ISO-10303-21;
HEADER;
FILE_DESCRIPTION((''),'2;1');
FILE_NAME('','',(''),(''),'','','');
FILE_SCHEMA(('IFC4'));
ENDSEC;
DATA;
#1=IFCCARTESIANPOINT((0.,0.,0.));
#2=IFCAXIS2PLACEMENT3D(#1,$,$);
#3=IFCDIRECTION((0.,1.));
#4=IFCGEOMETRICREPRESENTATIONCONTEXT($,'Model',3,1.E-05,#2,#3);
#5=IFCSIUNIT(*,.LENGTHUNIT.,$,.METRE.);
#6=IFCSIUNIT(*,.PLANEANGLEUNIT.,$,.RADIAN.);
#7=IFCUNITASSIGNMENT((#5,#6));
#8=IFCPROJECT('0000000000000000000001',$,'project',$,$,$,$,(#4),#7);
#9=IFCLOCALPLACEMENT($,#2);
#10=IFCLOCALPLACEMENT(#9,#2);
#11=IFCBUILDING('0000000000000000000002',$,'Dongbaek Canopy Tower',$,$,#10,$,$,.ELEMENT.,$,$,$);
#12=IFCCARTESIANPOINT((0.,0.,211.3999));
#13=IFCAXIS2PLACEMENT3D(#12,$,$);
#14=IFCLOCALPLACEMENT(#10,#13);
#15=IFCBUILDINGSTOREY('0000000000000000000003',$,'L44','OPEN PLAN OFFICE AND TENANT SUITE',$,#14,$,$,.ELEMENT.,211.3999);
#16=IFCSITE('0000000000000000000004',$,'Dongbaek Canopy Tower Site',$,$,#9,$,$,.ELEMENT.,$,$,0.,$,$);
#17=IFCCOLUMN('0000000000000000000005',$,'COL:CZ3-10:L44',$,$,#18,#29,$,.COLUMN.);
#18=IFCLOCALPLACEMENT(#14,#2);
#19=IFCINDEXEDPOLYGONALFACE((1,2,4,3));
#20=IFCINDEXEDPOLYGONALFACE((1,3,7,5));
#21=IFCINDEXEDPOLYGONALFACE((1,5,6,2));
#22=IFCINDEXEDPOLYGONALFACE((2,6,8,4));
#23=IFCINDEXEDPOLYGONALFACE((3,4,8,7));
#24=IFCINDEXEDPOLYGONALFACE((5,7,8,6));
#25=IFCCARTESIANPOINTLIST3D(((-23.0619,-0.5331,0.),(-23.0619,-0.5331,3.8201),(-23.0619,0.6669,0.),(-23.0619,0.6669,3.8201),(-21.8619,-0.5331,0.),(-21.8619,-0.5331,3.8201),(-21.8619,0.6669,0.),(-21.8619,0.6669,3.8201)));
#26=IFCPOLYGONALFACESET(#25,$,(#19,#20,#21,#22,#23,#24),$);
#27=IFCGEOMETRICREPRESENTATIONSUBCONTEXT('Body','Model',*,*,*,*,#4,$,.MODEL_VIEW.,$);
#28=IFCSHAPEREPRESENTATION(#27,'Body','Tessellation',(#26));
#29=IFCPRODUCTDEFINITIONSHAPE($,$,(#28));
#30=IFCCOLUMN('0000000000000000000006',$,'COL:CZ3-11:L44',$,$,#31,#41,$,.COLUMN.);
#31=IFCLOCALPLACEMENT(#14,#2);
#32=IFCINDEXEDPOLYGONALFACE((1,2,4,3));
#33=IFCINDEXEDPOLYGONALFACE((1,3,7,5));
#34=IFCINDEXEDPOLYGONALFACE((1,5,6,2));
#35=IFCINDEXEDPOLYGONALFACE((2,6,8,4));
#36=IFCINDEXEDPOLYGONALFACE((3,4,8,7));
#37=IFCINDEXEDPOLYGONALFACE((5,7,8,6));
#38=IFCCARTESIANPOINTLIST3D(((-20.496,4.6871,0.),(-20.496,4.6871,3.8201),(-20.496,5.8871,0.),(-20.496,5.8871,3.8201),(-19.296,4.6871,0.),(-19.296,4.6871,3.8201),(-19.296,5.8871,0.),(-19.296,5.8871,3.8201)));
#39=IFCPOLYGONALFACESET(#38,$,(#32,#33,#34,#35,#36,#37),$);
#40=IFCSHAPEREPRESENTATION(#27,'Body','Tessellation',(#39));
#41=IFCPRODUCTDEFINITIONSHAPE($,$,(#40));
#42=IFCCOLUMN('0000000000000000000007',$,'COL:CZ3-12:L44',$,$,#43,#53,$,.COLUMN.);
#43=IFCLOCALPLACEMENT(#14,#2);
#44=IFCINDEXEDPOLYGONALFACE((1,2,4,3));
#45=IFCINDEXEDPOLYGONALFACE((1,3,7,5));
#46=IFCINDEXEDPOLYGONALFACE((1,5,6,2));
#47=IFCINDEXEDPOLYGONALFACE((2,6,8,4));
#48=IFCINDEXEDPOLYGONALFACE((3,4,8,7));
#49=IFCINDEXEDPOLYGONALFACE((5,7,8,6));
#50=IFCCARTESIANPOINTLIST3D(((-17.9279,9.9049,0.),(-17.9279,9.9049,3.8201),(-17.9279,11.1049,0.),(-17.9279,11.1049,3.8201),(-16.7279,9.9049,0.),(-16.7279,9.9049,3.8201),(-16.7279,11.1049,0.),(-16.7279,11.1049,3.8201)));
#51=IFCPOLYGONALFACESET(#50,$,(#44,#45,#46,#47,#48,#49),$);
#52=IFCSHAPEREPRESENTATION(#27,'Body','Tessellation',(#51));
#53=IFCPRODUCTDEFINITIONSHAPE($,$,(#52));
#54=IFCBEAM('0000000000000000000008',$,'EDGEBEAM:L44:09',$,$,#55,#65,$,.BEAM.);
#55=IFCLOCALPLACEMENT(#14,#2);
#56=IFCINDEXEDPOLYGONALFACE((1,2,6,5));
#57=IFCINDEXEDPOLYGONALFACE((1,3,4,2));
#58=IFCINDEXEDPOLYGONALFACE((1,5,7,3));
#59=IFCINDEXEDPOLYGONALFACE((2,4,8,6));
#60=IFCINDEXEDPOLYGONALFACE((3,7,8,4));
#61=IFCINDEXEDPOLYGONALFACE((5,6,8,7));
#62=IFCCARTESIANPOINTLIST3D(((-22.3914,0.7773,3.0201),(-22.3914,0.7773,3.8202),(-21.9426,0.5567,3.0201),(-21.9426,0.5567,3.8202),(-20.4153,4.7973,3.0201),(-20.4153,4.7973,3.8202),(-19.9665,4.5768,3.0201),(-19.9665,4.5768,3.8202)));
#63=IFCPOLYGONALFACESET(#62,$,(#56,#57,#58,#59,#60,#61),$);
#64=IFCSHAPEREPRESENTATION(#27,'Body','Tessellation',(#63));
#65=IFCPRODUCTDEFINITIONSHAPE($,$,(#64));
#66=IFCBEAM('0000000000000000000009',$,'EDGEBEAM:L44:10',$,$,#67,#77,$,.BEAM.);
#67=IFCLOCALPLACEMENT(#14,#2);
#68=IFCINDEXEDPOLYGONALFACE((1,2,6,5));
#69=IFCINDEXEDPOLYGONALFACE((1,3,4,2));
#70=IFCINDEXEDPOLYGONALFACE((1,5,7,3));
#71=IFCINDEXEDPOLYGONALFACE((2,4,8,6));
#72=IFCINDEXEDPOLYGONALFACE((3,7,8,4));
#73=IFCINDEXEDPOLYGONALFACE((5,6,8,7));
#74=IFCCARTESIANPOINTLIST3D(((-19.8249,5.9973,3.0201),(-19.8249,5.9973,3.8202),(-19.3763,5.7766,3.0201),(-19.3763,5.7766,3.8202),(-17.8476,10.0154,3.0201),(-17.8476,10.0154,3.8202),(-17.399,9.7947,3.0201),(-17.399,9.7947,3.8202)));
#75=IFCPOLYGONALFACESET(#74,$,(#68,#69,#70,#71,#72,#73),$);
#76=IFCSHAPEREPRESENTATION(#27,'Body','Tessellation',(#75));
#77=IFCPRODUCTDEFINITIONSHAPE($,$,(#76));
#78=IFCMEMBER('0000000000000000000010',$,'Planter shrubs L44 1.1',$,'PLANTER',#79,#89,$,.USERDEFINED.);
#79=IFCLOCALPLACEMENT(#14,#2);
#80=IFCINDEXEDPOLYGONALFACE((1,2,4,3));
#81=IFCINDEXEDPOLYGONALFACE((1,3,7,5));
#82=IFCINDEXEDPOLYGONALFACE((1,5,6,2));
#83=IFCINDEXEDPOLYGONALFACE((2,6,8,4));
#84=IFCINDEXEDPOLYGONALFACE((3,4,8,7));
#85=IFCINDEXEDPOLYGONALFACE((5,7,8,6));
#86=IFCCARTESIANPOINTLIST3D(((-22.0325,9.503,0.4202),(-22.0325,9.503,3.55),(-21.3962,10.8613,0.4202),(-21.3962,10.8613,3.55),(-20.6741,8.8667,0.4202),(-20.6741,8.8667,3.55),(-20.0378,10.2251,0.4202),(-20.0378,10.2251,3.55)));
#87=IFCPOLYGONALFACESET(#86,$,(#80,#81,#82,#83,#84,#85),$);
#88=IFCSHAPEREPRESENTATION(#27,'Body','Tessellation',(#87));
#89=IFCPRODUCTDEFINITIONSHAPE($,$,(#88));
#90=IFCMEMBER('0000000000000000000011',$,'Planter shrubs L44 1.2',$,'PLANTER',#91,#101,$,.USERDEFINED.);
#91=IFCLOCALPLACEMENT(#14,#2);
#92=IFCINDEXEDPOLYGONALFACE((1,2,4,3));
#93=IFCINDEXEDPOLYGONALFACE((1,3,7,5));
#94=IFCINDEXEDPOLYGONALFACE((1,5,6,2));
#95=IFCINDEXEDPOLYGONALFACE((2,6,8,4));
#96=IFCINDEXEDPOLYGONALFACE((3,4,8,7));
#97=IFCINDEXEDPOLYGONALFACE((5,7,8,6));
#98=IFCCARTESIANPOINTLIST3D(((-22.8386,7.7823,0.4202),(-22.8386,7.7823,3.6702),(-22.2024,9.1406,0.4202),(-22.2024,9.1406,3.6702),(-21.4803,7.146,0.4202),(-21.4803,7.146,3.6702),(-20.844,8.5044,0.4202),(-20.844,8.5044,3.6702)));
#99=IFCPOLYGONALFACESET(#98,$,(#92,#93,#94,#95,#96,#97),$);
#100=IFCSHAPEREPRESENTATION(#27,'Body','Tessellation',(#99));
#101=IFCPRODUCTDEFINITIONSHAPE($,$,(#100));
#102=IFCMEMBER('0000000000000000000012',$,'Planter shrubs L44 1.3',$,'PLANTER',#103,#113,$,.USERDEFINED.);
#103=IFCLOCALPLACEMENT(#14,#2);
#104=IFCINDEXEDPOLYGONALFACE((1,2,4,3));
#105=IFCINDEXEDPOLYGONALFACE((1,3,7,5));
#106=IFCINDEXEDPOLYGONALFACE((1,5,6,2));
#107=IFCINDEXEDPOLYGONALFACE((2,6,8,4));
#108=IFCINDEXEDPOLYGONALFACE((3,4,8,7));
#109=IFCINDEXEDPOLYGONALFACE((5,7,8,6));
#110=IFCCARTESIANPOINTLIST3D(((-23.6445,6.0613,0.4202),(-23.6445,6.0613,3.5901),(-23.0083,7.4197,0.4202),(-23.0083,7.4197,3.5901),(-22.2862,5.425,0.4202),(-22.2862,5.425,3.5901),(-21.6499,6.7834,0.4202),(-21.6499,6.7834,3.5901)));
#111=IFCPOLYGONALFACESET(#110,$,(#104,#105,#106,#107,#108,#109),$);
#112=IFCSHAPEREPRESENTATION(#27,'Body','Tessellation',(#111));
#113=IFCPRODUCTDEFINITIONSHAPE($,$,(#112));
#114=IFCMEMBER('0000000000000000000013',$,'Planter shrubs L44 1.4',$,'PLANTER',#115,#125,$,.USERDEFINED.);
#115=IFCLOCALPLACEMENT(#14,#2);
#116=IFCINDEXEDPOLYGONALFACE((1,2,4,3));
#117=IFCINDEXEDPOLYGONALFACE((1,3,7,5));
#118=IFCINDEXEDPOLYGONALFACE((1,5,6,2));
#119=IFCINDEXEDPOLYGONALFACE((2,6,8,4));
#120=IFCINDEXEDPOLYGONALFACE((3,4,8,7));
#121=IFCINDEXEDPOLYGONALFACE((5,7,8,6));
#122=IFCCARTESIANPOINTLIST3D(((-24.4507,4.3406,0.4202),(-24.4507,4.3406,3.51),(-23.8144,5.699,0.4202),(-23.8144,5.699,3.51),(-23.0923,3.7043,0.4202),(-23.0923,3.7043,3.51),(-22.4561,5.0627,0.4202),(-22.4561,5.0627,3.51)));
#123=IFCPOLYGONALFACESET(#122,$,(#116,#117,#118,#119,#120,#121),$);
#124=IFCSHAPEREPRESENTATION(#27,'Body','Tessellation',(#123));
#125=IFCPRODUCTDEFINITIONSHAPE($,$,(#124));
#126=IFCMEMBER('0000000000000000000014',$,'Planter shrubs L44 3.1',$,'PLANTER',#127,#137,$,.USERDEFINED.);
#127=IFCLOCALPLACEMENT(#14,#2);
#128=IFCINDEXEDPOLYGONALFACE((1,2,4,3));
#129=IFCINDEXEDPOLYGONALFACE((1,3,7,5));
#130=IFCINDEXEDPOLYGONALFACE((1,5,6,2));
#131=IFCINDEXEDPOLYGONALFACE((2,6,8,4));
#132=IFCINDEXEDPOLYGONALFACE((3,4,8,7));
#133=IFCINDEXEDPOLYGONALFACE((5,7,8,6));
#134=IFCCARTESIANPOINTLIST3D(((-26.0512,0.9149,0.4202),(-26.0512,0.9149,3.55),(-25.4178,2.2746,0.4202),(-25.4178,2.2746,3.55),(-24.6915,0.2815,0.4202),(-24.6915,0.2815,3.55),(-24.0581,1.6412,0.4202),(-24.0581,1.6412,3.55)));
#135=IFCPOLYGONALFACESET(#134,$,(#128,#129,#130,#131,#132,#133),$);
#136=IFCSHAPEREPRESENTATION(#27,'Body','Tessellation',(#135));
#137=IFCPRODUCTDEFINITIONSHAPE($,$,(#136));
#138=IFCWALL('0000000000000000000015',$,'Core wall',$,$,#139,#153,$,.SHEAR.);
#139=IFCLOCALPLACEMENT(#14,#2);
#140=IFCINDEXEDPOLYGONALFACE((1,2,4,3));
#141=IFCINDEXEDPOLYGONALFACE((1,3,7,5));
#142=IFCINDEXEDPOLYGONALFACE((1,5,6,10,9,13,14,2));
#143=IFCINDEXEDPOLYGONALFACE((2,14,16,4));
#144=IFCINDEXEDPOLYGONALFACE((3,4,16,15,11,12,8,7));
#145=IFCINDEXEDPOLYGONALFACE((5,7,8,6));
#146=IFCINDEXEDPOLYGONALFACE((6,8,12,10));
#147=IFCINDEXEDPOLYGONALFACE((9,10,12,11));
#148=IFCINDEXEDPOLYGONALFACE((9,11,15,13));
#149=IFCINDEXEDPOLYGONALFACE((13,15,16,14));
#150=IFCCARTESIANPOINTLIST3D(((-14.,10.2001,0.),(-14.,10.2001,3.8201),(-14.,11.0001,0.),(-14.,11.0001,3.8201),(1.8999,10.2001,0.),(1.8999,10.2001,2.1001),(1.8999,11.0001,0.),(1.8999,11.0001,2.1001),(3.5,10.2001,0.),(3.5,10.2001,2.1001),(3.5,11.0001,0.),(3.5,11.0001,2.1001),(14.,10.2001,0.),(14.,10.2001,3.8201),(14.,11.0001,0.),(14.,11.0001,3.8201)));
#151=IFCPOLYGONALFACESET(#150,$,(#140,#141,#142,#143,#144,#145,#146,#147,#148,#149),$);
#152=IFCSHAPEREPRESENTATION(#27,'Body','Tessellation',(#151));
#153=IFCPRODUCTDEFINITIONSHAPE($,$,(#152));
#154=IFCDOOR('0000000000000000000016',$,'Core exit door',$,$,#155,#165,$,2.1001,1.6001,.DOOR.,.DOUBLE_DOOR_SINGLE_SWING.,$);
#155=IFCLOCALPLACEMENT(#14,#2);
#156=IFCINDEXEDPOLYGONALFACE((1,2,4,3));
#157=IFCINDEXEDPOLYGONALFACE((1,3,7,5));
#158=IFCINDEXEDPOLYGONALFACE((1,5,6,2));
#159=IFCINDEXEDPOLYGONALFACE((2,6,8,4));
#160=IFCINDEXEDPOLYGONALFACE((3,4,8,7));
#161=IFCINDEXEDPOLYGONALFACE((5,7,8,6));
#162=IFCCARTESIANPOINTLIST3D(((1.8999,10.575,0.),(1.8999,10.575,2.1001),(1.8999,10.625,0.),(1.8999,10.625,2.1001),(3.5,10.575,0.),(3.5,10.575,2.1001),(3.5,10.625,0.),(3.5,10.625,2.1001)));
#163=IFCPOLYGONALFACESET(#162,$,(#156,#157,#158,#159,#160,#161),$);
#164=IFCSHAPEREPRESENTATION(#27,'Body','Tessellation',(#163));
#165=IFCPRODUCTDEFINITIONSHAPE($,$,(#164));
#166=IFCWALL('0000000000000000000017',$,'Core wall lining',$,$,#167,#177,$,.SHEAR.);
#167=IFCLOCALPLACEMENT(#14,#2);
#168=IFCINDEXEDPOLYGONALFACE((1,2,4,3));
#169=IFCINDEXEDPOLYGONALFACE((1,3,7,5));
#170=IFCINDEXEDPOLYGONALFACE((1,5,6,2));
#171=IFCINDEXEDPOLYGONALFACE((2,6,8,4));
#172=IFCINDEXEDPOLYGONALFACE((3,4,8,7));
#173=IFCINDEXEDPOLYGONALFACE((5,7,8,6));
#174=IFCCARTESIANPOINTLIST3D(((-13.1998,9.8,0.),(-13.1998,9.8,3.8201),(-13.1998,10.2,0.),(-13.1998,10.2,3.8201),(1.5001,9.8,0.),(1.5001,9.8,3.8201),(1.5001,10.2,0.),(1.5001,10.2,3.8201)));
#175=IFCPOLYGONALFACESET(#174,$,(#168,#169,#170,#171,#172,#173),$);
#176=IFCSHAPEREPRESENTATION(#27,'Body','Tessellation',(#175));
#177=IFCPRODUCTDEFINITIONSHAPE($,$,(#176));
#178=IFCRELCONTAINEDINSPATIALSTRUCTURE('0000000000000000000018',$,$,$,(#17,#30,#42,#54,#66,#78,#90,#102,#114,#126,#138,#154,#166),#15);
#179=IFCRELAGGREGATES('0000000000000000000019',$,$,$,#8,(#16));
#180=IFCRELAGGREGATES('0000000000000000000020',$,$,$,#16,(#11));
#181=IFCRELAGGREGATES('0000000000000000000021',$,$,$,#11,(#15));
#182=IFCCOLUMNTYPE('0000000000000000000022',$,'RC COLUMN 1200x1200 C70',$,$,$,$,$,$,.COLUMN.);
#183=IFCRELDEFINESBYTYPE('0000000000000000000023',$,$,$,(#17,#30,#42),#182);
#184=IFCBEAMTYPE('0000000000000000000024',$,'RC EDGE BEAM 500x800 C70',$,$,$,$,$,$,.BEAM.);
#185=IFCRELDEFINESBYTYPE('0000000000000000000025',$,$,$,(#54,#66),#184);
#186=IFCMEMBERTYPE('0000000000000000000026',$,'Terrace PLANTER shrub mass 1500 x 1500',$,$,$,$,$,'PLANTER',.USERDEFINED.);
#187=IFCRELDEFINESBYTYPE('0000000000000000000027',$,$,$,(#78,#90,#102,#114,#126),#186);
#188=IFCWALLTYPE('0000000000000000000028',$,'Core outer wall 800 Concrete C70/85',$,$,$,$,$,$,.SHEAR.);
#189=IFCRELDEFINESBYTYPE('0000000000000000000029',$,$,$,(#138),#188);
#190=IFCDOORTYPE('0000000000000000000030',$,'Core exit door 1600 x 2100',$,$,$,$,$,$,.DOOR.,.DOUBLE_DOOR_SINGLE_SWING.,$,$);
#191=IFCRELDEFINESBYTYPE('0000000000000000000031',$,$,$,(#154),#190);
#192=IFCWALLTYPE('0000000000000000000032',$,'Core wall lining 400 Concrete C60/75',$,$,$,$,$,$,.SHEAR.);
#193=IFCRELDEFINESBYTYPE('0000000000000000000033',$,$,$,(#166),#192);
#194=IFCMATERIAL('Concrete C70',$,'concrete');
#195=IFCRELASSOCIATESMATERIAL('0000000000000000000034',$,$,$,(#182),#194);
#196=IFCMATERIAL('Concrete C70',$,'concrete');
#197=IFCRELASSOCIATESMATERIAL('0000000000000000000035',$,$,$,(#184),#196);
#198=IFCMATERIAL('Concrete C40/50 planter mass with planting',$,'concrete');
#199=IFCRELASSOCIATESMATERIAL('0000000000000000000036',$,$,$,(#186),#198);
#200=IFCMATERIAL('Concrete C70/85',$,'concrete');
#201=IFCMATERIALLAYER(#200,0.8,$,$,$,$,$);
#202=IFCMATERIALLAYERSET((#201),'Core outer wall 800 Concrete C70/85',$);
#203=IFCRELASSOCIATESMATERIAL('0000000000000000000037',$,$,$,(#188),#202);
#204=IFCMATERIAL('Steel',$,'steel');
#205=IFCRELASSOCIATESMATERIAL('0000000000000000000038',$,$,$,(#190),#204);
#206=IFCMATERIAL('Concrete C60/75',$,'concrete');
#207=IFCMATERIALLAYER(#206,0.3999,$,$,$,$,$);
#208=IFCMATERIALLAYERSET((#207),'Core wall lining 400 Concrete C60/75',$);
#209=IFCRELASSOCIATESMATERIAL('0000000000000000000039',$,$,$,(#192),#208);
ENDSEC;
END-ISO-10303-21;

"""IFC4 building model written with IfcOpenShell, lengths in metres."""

from ifc_helpers import new_model, si_unit, direction, frame, frame_2d, origin, origin_2d, place, context, subcontext, project, spatial, rectangle, extrude, material, layer, layer_set, material_profile, profile_set, type_object, element, fill, save


model = new_model("IFC4")

# Units and contexts
model_context = context("Model", 3, precision=1e-05, world=origin(), true_north=direction((0.0, 1.0)))
body_context = subcontext(model_context, "Body", "Model", "MODEL_VIEW")
ifc_project = project(units=[si_unit("LENGTHUNIT", "METRE"), si_unit("PLANEANGLEUNIT", "RADIAN")], contexts=[model_context])

# Site, building, storey
site_placement = place(None, origin())
site = spatial("IfcSite", under=ifc_project, at=site_placement, Name="Dongbaek Canopy Tower Site", CompositionType="ELEMENT", RefElevation=0.0)
building_placement = place(site_placement, origin())
building = spatial("IfcBuilding", under=site, at=building_placement, Name="Dongbaek Canopy Tower", CompositionType="ELEMENT")
storey_placement = place(building_placement, frame((0.0, 0.0, 211.3999)))
storey = spatial("IfcBuildingStorey", under=building, at=storey_placement, Name="L44", Description="OPEN PLAN OFFICE AND TENANT SUITE", CompositionType="ELEMENT", Elevation=211.3999)

# Columns
ifc_material_1 = material(Name="Concrete C70", Category="concrete")
ifc_material_profile_1 = material_profile(ifc_material_1, rectangle(XDim=1.2, YDim=1.2, at=origin_2d()), Name="RC COLUMN 1200x1200 C70")
ifc_profile_set_1 = profile_set([ifc_material_profile_1], Name="Concrete C70")
column_type = type_object("IfcColumnType", Name="RC COLUMN 1200x1200 C70", PredefinedType="COLUMN", material=ifc_profile_set_1)
for number, where, z_axis, x_axis, name in (
    (1, (-22.4619, 0.0669, 0.0), (0.0, 0.0, 1.0), (1.0, 0.0, 0.0), "COL:CZ3-10:L44"),
    (2, (-19.896, 5.2871, 0.0), (0.0, 0.0, 1.0), (1.0, 0.0, 0.0), "COL:CZ3-11:L44"),
    (3, (-17.3279, 10.5049, 0.0), (0.0, 0.0, 1.0), (1.0, 0.0, 0.0), "COL:CZ3-12:L44"),
):
    element("IfcColumn", number, at=place(storey_placement, frame(where, z_axis=z_axis, x_axis=x_axis)), inside=storey, type_object=column_type, Name=name, PredefinedType="COLUMN", context=body_context, shape_type="SweptSolid", body=[
        extrude(rectangle(XDim=1.2, YDim=1.2, at=origin_2d()), origin(), (0.0, 0.0, 1.0), 3.8201),
    ])

# Beams
ifc_material_2 = material(Name="Concrete C70", Category="concrete")
ifc_material_profile_2 = material_profile(ifc_material_2, rectangle(XDim=0.5, YDim=0.8, at=origin_2d()), Name="RC EDGE BEAM 500x800 C70")
ifc_profile_set_2 = profile_set([ifc_material_profile_2], Name="Concrete C70")
beam_type = type_object("IfcBeamType", Name="RC EDGE BEAM 500x800 C70", PredefinedType="BEAM", material=ifc_profile_set_2)
beam_1_placement = place(storey_placement, frame((-22.167, 0.667, 3.4202), z_axis=(0.441143, 0.897437, 0.0), x_axis=(-0.897437, 0.441143, 0.0)))
element("IfcBeam", 4, at=beam_1_placement, inside=storey, type_object=beam_type, Name="EDGEBEAM:L44:09", PredefinedType="BEAM", context=body_context, shape_type="SweptSolid", body=[
    extrude(rectangle(XDim=0.5, YDim=0.8, at=origin_2d()), origin(), (0.0, 0.0, 1.0), 4.4795),
])
beam_2_placement = place(storey_placement, frame((-19.6006, 5.887, 3.4202), z_axis=(0.441535, 0.897244, 0.0), x_axis=(-0.897244, 0.441535, 0.0)))
element("IfcBeam", 5, at=beam_2_placement, inside=storey, type_object=beam_type, Name="EDGEBEAM:L44:10", PredefinedType="BEAM", context=body_context, shape_type="SweptSolid", body=[
    extrude(rectangle(XDim=0.5, YDim=0.8, at=origin_2d()), origin(), (0.0, 0.0, 1.0), 4.4783),
])

# Members
ifc_material_3 = material(Name="Concrete C40/50 planter mass with planting", Category="concrete")
ifc_material_profile_3 = material_profile(ifc_material_3, rectangle(XDim=1.5, YDim=1.5, at=origin_2d()), Name="Terrace PLANTER shrub mass 1500 x 1500")
ifc_profile_set_3 = profile_set([ifc_material_profile_3], Name="Concrete C40/50 planter mass with planting")
member_type = type_object("IfcMemberType", Name="Terrace PLANTER shrub mass 1500 x 1500", ElementType="PLANTER", PredefinedType="USERDEFINED", material=ifc_profile_set_3)
member_1_placement = place(storey_placement, frame((-21.0352, 9.864, 0.4202), z_axis=(0.0, 0.0, 1.0), x_axis=(-0.905579, 0.424177, 0.0)))
element("IfcMember", 6, at=member_1_placement, inside=storey, type_object=member_type, Name="Planter shrubs L44 1.1", ObjectType="PLANTER", PredefinedType="USERDEFINED", context=body_context, shape_type="SweptSolid", body=[
    extrude(rectangle(XDim=1.5, YDim=1.5, at=origin_2d()), origin(), (0.0, 0.0, 1.0), 3.1299),
])
member_2_placement = place(storey_placement, frame((-21.8413, 8.1433, 0.4202), z_axis=(0.0, 0.0, 1.0), x_axis=(-0.905579, 0.424177, 0.0)))
element("IfcMember", 7, at=member_2_placement, inside=storey, type_object=member_type, Name="Planter shrubs L44 1.2", ObjectType="PLANTER", PredefinedType="USERDEFINED", context=body_context, shape_type="SweptSolid", body=[
    extrude(rectangle(XDim=1.5, YDim=1.5, at=origin_2d()), origin(), (0.0, 0.0, 1.0), 3.25),
])
member_3_placement = place(storey_placement, frame((-22.6472, 6.4224, 0.4202), z_axis=(0.0, 0.0, 1.0), x_axis=(-0.905579, 0.424177, 0.0)))
element("IfcMember", 8, at=member_3_placement, inside=storey, type_object=member_type, Name="Planter shrubs L44 1.3", ObjectType="PLANTER", PredefinedType="USERDEFINED", context=body_context, shape_type="SweptSolid", body=[
    extrude(rectangle(XDim=1.5, YDim=1.5, at=origin_2d()), origin(), (0.0, 0.0, 1.0), 3.1699),
])
member_4_placement = place(storey_placement, frame((-23.4534, 4.7017, 0.4202), z_axis=(0.0, 0.0, 1.0), x_axis=(-0.905579, 0.424177, 0.0)))
element("IfcMember", 9, at=member_4_placement, inside=storey, type_object=member_type, Name="Planter shrubs L44 1.4", ObjectType="PLANTER", PredefinedType="USERDEFINED", context=body_context, shape_type="SweptSolid", body=[
    extrude(rectangle(XDim=1.5, YDim=1.5, at=origin_2d()), origin(), (0.0, 0.0, 1.0), 3.0898),
])
member_5_placement = place(storey_placement, frame((-25.0547, 1.2781, 0.4202), z_axis=(0.0, 0.0, 1.0), x_axis=(-0.906473, 0.422264, 0.0)))
element("IfcMember", 10, at=member_5_placement, inside=storey, type_object=member_type, Name="Planter shrubs L44 3.1", ObjectType="PLANTER", PredefinedType="USERDEFINED", context=body_context, shape_type="SweptSolid", body=[
    extrude(rectangle(XDim=1.5, YDim=1.5, at=origin_2d()), origin(), (0.0, 0.0, 1.0), 3.1299),
])

# Wall, opening, door
ifc_material_4 = material(Name="Concrete C70/85", Category="concrete")
ifc_layer_1 = layer(ifc_material_4, 0.8)
ifc_layer_set_1 = layer_set([ifc_layer_1], Name="Core outer wall 800 Concrete C70/85")
wall_type_1 = type_object("IfcWallType", Name="Core outer wall 800 Concrete C70/85", PredefinedType="SHEAR", material=ifc_layer_set_1)
wall_1_placement = place(storey_placement, frame((-14.0, 10.6001, 0.0), z_axis=(0.0, 0.0, 1.0), x_axis=(1.0, 0.0, 0.0)))
wall_1 = element("IfcWall", 11, at=wall_1_placement, inside=storey, type_object=wall_type_1, Name="Core wall", PredefinedType="SHEAR", context=body_context, shape_type="SweptSolid", body=[
    extrude(rectangle(XDim=28.0, YDim=0.8, at=frame_2d((14.0, 0.0))), origin(), (0.0, 0.0, 1.0), 3.8201),
])
opening_1_placement = place(wall_1_placement, frame((15.8999, 0.0, 0.0)))
opening_1 = element("IfcOpeningElement", 12, at=opening_1_placement, cuts=wall_1, PredefinedType="OPENING", context=body_context, shape_type="SweptSolid", body=[
    extrude(rectangle(XDim=1.6001, YDim=2.1001, at=frame_2d((0.8, 1.05))), frame((0.0, 0.4099, 0.0), z_axis=(0.0, -1.0, 0.0), x_axis=(1.0, 0.0, 0.0)), (0.0, 0.0, 1.0), 0.8201),
])
ifc_material_5 = material(Name="Steel", Category="steel")
door_type_1 = type_object("IfcDoorType", Name="Core exit door 1600 x 2100", OperationType="DOUBLE_DOOR_SINGLE_SWING", PredefinedType="DOOR", material=ifc_material_5)
door_1_placement = place(opening_1_placement, origin())
door_1 = element("IfcDoor", 13, at=door_1_placement, inside=storey, type_object=door_type_1, Name="Core exit door", OperationType="DOUBLE_DOOR_SINGLE_SWING", OverallHeight=2.1001, OverallWidth=1.6001, PredefinedType="DOOR", context=body_context, shape_type="SweptSolid", body=[
    extrude(rectangle(XDim=1.6001, YDim=2.1001, at=frame_2d((0.8, 1.05))), frame((0.0, 0.0249, 0.0), z_axis=(0.0, -1.0, 0.0), x_axis=(1.0, 0.0, 0.0)), (0.0, 0.0, 1.0), 0.05),
])
fill(opening_1, door_1)

# Wall
ifc_material_6 = material(Name="Concrete C60/75", Category="concrete")
ifc_layer_2 = layer(ifc_material_6, 0.3999)
ifc_layer_set_2 = layer_set([ifc_layer_2], Name="Core wall lining 400 Concrete C60/75")
wall_type_2 = type_object("IfcWallType", Name="Core wall lining 400 Concrete C60/75", PredefinedType="SHEAR", material=ifc_layer_set_2)
wall_2_placement = place(storey_placement, frame((-13.2, 10.0, 0.0), z_axis=(0.0, 0.0, 1.0), x_axis=(1.0, 0.0, 0.0)))
element("IfcWall", 14, at=wall_2_placement, inside=storey, type_object=wall_type_2, Name="Core wall lining", PredefinedType="SHEAR", context=body_context, shape_type="SweptSolid", body=[
    extrude(rectangle(XDim=14.7, YDim=0.3999, at=frame_2d((7.3501, 0.0))), origin(), (0.0, 0.0, 1.0), 3.8201),
])

save(model, "model.ifc")
